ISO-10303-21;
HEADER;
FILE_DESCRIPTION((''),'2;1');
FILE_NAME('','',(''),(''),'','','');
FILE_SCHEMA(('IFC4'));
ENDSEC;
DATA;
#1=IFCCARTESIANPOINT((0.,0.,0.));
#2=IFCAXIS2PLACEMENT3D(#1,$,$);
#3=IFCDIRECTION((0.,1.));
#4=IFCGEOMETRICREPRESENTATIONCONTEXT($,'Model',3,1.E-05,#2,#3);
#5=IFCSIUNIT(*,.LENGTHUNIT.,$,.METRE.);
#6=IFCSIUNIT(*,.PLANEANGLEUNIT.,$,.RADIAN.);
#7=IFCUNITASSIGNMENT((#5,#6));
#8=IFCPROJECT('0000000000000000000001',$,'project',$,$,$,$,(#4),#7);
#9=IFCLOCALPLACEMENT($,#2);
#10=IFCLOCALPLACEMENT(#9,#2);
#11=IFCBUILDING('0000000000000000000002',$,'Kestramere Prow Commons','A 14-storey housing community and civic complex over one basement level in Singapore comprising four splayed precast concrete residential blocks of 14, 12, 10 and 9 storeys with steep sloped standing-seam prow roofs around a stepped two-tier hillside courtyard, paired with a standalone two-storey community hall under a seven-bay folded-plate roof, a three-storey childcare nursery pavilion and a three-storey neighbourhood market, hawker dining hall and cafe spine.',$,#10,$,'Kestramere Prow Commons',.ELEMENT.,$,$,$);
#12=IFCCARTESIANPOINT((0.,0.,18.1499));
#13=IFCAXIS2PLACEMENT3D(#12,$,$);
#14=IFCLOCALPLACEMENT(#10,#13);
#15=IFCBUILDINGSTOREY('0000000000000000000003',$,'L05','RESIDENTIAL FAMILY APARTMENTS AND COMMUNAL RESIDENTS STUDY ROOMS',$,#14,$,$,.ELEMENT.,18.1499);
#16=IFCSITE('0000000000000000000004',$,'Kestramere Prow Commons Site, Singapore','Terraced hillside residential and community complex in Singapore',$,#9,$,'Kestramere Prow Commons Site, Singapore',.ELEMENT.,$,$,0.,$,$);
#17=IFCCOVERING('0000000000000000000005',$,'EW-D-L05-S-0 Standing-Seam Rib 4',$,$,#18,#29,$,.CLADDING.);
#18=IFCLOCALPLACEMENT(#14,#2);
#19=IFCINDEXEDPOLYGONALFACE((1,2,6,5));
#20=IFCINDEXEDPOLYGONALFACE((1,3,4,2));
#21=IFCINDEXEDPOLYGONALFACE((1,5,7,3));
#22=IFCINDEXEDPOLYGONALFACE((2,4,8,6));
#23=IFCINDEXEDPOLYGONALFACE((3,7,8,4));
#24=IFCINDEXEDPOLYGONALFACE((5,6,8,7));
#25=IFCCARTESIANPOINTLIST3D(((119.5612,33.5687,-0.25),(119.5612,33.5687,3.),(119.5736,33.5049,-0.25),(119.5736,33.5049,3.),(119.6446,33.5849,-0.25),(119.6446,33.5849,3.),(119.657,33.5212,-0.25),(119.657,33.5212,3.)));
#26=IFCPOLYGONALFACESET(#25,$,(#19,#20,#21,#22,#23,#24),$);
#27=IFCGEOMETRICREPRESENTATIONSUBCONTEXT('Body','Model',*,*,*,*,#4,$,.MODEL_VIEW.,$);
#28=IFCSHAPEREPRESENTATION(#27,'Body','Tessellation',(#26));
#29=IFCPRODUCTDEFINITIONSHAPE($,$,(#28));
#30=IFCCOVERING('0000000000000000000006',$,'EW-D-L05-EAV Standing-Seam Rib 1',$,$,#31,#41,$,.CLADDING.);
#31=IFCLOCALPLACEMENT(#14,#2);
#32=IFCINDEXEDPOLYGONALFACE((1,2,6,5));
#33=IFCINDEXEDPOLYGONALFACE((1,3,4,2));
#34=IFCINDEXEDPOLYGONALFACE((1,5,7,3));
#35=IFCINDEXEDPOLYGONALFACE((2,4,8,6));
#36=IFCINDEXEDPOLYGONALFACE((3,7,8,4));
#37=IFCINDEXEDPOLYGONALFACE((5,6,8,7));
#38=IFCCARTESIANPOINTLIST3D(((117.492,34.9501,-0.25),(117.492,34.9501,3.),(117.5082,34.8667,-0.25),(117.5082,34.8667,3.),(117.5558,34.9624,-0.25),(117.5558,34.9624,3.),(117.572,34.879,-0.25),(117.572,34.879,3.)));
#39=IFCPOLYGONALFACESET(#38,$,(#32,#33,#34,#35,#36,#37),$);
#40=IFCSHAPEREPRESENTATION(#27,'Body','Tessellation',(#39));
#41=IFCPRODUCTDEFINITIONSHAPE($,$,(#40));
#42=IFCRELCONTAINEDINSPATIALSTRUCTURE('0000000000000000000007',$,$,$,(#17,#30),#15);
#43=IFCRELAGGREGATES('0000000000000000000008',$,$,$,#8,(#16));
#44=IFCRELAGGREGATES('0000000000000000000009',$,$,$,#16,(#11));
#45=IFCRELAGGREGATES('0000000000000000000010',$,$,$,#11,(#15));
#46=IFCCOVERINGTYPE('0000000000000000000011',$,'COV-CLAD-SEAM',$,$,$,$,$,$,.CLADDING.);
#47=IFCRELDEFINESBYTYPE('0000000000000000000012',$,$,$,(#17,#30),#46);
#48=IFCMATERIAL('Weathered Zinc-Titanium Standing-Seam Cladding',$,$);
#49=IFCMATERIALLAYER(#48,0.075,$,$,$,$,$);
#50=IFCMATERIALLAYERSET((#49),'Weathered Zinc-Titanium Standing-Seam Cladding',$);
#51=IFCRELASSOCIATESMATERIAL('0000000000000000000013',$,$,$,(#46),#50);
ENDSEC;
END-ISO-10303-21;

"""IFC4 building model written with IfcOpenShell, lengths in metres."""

from ifc_helpers import new_model, si_unit, direction, frame, origin, origin_2d, place, context, subcontext, project, spatial, rectangle, extrude, material, layer, layer_set, type_object, element, save


model = new_model("IFC4")

# Units and contexts
model_context = context("Model", 3, precision=1e-05, world=origin(), true_north=direction((0.0, 1.0)))
body_context = subcontext(model_context, "Body", "Model", "MODEL_VIEW")
ifc_project = project(units=[si_unit("LENGTHUNIT", "METRE"), si_unit("PLANEANGLEUNIT", "RADIAN")], contexts=[model_context])

# Site, building, storey
site_placement = place(None, origin())
site = spatial("IfcSite", under=ifc_project, at=site_placement, Name="Kestramere Prow Commons Site, Singapore", Description="Terraced hillside residential and community complex in Singapore", LongName="Kestramere Prow Commons Site, Singapore", CompositionType="ELEMENT", RefElevation=0.0)
building_placement = place(site_placement, origin())
building = spatial("IfcBuilding", under=site, at=building_placement, Name="Kestramere Prow Commons", Description="A 14-storey housing community and civic complex over one basement level in Singapore comprising four splayed precast concrete residential blocks of 14, 12, 10 and 9 storeys with steep sloped standing-seam prow roofs around a stepped two-tier hillside courtyard, paired with a standalone two-storey community hall under a seven-bay folded-plate roof, a three-storey childcare nursery pavilion and a three-storey neighbourhood market, hawker dining hall and cafe spine.", LongName="Kestramere Prow Commons", CompositionType="ELEMENT")
storey_placement = place(building_placement, frame((0.0, 0.0, 18.1499)))
storey = spatial("IfcBuildingStorey", under=building, at=storey_placement, Name="L05", Description="RESIDENTIAL FAMILY APARTMENTS AND COMMUNAL RESIDENTS STUDY ROOMS", CompositionType="ELEMENT", Elevation=18.1499)

# Coverings
ifc_material_1 = material(Name="Weathered Zinc-Titanium Standing-Seam Cladding")
ifc_layer_1 = layer(ifc_material_1, 0.075)
ifc_layer_set_1 = layer_set([ifc_layer_1], Name="Weathered Zinc-Titanium Standing-Seam Cladding")
covering_type = type_object("IfcCoveringType", Name="COV-CLAD-SEAM", PredefinedType="CLADDING", material=ifc_layer_set_1)
for number, where, z_axis, x_axis, name in (
    (1, (119.6091, 33.5449, -0.25), (0.0, 0.0, 1.0), (-0.981627, -0.190809, 0.0), "EW-D-L05-S-0 Standing-Seam Rib 4"),
    (2, (117.532, 34.9146, -0.25), (0.0, 0.0, 1.0), (-0.190809, 0.981627, 0.0), "EW-D-L05-EAV Standing-Seam Rib 1"),
):
    element("IfcCovering", number, at=place(storey_placement, frame(where, z_axis=z_axis, x_axis=x_axis)), inside=storey, type_object=covering_type, Name=name, PredefinedType="CLADDING", context=body_context, shape_type="SweptSolid", body=[
        extrude(rectangle(XDim=0.085, YDim=0.0649, at=origin_2d()), origin(), (0.0, 0.0, 1.0), 3.25),
    ])

save(model, "model.ifc")
